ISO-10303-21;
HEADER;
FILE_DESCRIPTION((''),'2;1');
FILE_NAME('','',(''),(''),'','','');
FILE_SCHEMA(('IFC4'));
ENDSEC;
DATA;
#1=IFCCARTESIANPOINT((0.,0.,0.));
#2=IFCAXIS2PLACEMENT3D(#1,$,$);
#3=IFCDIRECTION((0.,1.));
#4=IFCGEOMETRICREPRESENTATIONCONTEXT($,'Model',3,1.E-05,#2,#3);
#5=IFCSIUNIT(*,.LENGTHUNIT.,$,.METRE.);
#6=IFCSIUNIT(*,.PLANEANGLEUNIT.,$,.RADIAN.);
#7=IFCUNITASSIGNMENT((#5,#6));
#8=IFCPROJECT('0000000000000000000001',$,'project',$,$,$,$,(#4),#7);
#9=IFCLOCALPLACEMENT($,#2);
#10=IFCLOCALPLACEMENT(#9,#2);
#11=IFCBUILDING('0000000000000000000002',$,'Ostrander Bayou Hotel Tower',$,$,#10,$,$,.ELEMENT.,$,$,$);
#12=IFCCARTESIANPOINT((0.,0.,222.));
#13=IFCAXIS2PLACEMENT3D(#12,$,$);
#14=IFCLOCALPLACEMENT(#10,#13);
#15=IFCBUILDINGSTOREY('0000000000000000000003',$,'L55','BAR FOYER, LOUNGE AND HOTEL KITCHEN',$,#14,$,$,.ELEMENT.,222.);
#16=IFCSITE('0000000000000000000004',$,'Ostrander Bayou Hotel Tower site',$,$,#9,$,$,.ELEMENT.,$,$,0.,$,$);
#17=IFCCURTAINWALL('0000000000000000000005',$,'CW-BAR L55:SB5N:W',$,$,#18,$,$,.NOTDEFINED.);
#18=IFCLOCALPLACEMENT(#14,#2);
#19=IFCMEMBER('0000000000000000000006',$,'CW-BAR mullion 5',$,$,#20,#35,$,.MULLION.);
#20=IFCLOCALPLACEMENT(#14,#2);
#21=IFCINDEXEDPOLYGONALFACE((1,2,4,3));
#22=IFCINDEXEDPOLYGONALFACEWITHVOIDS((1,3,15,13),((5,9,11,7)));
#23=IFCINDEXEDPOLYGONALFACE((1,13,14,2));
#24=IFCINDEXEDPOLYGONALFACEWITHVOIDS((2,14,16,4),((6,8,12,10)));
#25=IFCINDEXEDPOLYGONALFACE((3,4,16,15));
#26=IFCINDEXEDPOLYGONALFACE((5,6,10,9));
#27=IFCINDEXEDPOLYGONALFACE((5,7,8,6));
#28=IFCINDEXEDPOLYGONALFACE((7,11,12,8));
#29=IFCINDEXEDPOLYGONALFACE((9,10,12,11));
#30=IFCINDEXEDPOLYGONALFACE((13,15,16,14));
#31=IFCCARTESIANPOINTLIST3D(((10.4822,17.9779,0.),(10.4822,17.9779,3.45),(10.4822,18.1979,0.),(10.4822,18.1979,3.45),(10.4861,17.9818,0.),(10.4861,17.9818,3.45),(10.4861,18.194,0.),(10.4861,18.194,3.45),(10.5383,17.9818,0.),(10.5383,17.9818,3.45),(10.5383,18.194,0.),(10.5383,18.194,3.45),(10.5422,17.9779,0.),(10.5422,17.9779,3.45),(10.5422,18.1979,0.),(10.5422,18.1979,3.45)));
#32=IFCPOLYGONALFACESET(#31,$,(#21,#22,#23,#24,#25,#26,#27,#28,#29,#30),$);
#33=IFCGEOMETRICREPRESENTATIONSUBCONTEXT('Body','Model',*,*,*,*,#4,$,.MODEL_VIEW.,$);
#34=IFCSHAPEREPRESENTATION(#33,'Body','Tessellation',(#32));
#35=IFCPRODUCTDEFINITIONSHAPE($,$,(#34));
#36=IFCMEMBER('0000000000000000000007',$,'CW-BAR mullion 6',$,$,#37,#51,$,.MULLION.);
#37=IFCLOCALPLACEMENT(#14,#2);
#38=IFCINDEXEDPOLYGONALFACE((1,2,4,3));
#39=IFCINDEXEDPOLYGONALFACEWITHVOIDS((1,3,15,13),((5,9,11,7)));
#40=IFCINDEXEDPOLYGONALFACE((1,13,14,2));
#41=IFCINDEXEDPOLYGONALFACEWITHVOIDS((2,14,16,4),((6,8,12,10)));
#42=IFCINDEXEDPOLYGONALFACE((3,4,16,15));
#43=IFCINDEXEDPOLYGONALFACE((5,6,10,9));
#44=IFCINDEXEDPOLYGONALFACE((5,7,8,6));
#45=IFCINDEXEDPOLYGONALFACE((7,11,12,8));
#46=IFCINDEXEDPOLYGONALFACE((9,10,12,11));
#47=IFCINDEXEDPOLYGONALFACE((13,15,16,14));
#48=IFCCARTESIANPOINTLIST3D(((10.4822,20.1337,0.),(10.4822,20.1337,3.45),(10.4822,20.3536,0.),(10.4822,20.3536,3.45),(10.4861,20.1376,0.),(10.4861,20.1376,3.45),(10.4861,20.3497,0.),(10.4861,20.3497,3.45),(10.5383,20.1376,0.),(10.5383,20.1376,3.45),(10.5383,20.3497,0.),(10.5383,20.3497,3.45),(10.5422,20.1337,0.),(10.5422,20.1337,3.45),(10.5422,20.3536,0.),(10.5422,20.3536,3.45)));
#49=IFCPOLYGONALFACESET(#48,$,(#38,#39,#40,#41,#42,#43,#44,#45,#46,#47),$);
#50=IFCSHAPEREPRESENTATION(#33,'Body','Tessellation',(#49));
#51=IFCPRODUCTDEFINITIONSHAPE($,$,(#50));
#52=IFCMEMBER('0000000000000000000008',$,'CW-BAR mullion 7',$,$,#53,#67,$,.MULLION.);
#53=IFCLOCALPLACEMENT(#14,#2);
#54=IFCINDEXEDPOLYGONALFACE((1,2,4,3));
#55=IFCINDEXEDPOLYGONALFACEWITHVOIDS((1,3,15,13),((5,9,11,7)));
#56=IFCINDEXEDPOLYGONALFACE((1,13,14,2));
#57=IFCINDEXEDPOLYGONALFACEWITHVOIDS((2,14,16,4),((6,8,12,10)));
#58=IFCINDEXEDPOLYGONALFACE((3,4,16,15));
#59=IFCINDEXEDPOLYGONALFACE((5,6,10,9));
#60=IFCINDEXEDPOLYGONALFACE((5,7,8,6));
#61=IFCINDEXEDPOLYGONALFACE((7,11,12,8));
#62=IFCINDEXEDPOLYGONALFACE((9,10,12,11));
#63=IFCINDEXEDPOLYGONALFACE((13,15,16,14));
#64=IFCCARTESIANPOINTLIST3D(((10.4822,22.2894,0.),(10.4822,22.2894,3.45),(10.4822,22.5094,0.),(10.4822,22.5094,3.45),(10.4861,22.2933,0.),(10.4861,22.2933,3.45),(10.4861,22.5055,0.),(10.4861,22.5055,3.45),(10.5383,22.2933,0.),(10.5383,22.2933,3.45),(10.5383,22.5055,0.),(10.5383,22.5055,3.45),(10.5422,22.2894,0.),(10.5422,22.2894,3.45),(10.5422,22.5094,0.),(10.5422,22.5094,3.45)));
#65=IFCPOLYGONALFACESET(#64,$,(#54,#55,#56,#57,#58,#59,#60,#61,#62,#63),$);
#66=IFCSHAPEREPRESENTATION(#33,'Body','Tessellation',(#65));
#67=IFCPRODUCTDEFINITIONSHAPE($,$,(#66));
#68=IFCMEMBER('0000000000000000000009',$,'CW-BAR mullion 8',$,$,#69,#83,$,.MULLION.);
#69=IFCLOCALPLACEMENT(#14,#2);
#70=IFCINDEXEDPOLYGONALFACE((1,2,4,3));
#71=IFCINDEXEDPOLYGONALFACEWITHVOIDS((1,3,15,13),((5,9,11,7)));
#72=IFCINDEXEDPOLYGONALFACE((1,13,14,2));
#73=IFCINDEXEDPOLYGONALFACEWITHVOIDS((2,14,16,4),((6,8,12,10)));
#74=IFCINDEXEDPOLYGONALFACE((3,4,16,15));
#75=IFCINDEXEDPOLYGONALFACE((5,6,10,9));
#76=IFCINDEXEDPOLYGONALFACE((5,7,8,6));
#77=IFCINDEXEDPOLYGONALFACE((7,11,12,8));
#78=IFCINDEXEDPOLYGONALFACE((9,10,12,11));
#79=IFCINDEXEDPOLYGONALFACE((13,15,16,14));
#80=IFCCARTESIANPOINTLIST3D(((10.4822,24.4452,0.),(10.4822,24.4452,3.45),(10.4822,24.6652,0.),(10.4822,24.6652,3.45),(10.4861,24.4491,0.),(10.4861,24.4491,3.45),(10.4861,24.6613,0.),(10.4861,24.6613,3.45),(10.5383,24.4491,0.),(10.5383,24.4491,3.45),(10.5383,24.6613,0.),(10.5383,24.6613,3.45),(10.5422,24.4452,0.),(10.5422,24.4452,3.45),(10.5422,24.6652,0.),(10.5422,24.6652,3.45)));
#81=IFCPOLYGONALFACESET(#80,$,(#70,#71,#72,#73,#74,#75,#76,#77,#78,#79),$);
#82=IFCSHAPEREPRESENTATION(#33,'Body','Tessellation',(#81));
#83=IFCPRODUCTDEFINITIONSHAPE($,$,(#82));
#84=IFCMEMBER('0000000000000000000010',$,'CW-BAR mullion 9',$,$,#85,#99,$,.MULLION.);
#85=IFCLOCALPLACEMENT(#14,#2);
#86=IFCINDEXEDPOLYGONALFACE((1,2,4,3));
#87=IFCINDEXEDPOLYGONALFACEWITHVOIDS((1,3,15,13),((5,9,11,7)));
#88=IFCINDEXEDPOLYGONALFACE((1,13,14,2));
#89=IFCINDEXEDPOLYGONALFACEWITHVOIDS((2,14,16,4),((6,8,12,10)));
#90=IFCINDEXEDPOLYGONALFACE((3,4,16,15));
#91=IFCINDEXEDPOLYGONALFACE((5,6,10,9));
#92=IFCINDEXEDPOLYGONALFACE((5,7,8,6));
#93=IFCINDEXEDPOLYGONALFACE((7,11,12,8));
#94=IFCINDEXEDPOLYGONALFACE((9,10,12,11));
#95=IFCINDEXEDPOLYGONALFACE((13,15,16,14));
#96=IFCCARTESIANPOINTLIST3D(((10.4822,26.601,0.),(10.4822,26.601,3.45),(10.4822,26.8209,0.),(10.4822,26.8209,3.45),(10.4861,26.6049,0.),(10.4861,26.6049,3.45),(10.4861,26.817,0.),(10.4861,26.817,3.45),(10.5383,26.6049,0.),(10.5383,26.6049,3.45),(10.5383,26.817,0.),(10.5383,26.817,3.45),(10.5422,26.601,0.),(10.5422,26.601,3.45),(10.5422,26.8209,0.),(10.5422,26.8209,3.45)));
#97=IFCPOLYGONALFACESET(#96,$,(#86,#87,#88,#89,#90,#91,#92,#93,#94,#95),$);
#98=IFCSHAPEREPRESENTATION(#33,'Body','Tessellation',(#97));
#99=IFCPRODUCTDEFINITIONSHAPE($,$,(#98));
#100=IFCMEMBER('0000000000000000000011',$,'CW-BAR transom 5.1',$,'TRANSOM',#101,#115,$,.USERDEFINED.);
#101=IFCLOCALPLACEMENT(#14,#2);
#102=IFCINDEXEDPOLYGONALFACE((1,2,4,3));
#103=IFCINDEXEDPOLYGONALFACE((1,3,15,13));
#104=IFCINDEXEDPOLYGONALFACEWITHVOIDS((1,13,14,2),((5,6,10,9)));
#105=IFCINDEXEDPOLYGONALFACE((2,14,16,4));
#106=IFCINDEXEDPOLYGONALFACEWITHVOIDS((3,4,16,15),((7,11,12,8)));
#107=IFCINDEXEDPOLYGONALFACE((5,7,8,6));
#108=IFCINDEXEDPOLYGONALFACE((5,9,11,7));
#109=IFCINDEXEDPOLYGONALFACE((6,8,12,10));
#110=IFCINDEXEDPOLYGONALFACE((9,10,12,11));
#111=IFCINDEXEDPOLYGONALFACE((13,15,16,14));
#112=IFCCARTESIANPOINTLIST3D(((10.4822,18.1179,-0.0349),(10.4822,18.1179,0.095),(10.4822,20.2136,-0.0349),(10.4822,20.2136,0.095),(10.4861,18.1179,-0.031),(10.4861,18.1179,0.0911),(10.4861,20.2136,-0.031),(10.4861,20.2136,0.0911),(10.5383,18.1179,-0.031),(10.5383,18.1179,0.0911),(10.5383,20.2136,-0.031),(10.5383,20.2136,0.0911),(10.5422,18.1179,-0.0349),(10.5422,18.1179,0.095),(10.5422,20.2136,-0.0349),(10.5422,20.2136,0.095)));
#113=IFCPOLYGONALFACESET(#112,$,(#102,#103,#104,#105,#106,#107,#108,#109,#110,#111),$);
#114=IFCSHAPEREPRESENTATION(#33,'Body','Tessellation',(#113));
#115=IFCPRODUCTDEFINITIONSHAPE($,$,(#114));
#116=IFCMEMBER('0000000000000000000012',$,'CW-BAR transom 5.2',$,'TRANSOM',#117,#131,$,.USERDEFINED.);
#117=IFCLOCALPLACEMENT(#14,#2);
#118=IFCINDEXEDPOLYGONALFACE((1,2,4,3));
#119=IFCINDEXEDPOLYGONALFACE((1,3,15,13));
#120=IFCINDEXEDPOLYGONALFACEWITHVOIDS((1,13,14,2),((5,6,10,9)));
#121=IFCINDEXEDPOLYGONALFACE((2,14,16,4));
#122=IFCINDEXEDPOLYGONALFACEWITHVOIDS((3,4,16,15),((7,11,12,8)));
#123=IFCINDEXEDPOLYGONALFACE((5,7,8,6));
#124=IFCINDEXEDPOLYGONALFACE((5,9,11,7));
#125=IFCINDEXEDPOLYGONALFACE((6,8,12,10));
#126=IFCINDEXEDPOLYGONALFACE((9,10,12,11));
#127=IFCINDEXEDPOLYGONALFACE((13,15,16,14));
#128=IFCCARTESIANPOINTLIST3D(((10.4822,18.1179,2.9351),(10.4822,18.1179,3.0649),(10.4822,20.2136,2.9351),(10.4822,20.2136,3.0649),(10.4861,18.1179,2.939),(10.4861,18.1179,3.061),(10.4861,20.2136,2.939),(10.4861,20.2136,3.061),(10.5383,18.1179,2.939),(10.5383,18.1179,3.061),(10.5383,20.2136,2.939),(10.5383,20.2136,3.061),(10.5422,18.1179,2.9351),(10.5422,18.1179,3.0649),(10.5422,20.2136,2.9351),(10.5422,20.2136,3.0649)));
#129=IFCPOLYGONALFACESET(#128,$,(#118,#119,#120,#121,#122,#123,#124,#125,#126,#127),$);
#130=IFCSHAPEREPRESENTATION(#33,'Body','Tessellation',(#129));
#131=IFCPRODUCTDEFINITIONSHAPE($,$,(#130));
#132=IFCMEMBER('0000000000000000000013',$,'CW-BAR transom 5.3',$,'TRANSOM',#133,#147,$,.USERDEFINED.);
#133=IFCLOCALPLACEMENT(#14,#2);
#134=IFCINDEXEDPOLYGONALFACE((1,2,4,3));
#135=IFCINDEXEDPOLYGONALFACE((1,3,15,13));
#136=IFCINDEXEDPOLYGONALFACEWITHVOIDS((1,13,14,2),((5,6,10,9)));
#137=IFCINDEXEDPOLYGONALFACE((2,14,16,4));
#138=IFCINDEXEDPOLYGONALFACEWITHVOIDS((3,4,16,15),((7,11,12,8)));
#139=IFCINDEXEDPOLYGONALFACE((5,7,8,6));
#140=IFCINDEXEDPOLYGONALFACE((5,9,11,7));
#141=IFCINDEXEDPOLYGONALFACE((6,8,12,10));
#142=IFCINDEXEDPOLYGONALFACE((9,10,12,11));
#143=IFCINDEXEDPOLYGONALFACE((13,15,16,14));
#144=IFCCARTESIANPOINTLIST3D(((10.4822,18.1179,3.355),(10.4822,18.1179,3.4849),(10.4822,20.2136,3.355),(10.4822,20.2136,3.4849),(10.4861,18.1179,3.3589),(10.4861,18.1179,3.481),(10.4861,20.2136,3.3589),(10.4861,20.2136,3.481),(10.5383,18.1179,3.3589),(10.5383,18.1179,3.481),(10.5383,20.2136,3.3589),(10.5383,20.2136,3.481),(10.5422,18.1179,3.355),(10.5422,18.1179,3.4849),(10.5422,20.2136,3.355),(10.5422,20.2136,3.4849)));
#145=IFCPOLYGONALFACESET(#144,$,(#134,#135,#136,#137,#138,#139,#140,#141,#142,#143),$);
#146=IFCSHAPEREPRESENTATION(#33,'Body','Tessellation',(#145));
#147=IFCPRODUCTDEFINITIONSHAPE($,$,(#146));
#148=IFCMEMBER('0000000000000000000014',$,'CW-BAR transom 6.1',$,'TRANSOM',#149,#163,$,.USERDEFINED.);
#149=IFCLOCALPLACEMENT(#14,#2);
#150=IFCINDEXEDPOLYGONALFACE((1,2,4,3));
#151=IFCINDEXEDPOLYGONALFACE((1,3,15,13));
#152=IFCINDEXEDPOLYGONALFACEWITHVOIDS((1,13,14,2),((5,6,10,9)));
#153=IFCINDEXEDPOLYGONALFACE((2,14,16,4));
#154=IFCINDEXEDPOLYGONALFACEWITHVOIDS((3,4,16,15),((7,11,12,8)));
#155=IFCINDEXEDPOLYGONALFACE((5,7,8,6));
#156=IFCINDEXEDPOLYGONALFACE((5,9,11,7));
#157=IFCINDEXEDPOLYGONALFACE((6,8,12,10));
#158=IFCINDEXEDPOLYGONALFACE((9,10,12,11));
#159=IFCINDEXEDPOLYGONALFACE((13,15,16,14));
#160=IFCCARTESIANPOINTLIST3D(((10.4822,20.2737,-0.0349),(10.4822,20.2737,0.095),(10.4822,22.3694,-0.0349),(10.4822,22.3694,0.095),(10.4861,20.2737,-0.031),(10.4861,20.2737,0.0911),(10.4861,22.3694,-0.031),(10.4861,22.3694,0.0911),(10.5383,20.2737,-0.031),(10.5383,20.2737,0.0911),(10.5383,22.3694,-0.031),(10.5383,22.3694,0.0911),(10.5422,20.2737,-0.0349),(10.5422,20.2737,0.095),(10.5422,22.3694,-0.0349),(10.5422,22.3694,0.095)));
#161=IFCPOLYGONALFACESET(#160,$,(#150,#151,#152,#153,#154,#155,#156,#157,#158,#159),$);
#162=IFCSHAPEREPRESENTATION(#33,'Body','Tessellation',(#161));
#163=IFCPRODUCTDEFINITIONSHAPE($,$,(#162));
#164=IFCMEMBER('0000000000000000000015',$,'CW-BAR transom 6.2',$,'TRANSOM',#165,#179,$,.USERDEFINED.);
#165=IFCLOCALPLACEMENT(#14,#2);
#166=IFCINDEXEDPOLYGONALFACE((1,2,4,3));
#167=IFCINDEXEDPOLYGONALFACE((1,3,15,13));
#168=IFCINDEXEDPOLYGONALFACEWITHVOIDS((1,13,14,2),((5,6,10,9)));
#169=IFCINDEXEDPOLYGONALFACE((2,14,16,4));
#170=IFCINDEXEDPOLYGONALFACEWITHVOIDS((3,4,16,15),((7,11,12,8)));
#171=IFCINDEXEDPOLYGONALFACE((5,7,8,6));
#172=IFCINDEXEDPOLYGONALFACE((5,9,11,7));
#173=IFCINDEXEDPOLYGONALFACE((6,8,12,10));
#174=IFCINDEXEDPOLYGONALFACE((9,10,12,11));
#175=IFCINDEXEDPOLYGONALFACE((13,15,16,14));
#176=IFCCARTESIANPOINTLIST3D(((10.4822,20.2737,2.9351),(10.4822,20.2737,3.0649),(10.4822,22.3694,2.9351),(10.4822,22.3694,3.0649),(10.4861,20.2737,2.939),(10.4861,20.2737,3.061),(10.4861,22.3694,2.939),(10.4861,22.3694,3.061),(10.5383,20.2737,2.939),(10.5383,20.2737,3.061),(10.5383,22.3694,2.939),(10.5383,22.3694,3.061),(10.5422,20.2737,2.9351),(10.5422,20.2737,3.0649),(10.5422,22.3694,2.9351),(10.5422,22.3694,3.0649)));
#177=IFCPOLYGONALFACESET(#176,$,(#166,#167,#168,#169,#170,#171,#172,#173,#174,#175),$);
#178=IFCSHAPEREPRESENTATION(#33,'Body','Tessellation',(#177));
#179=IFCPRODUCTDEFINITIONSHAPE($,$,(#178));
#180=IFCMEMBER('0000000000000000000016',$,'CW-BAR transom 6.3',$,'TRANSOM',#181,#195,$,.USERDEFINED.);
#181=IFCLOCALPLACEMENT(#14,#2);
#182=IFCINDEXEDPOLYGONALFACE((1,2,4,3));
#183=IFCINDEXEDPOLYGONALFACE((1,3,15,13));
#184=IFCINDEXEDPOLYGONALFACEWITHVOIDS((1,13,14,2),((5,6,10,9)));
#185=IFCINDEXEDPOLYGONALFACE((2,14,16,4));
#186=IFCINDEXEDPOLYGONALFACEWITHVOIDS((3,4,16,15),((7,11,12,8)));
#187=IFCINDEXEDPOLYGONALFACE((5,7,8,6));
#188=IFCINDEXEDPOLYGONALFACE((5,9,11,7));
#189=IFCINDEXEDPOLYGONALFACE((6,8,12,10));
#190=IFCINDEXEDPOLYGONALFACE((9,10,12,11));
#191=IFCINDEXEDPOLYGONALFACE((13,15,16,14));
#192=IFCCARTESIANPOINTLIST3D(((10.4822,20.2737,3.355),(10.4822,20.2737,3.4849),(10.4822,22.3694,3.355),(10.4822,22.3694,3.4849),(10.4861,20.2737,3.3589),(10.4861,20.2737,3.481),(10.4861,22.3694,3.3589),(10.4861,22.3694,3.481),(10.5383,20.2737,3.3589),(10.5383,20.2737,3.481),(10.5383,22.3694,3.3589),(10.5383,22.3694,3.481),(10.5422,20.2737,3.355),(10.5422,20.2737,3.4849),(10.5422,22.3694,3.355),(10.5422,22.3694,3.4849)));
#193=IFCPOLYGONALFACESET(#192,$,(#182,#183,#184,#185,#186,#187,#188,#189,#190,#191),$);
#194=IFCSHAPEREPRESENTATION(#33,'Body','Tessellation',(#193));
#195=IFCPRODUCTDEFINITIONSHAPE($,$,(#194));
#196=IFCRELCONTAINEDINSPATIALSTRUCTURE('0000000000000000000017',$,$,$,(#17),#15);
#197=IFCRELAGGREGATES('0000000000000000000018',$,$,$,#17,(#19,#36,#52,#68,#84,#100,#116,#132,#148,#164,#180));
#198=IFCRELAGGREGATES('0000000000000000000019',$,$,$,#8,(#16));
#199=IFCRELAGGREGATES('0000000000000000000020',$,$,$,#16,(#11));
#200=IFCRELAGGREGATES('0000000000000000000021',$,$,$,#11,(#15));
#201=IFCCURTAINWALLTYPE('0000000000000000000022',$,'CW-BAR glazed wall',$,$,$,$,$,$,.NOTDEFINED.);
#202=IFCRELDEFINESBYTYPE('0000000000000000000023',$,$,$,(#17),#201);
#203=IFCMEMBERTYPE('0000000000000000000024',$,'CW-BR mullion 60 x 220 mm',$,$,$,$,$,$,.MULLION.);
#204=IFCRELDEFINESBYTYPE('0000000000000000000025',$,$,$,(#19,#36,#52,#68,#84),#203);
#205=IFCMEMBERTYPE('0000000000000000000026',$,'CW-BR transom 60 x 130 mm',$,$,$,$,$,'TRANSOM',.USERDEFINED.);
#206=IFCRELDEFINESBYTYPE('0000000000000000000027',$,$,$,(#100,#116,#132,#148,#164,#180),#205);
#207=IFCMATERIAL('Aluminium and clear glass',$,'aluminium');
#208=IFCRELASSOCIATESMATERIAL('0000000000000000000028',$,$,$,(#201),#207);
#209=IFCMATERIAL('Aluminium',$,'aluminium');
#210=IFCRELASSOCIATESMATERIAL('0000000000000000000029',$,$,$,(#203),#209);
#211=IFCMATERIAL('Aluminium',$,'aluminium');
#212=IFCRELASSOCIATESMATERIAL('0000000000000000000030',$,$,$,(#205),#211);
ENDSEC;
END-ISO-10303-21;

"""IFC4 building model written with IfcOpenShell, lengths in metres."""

from ifc_helpers import new_model, si_unit, direction, frame, origin, origin_2d, place, context, subcontext, project, spatial, hollow_rectangle, extrude, material, material_profile, profile_set, type_object, element, aggregate, save


model = new_model("IFC4")

# Units and contexts
model_context = context("Model", 3, precision=1e-05, world=origin(), true_north=direction((0.0, 1.0)))
body_context = subcontext(model_context, "Body", "Model", "MODEL_VIEW")
ifc_project = project(units=[si_unit("LENGTHUNIT", "METRE"), si_unit("PLANEANGLEUNIT", "RADIAN")], contexts=[model_context])

# Site, building, storey
site_placement = place(None, origin())
site = spatial("IfcSite", under=ifc_project, at=site_placement, Name="Ostrander Bayou Hotel Tower site", CompositionType="ELEMENT", RefElevation=0.0)
building_placement = place(site_placement, origin())
building = spatial("IfcBuilding", under=site, at=building_placement, Name="Ostrander Bayou Hotel Tower", CompositionType="ELEMENT")
storey_placement = place(building_placement, frame((0.0, 0.0, 222.0)))
storey = spatial("IfcBuildingStorey", under=building, at=storey_placement, Name="L55", Description="BAR FOYER, LOUNGE AND HOTEL KITCHEN", CompositionType="ELEMENT", Elevation=222.0)

# Curtain wall, members
ifc_material_1 = material(Name="Aluminium and clear glass", Category="aluminium")
curtain_wall_type = type_object("IfcCurtainWallType", Name="CW-BAR glazed wall", PredefinedType="NOTDEFINED", material=ifc_material_1)
curtain_wall_placement = place(storey_placement, origin())
curtain_wall = element("IfcCurtainWall", 1, at=curtain_wall_placement, inside=storey, type_object=curtain_wall_type, Name="CW-BAR L55:SB5N:W", PredefinedType="NOTDEFINED")
ifc_material_2 = material(Name="Aluminium", Category="aluminium")
ifc_material_profile_1 = material_profile(ifc_material_2, hollow_rectangle(XDim=0.0601, YDim=0.22, WallThickness=0.0039, at=origin_2d()))
ifc_profile_set_1 = profile_set([ifc_material_profile_1], Name="Aluminium")
member_type_1 = type_object("IfcMemberType", Name="CW-BR mullion 60 x 220 mm", PredefinedType="MULLION", material=ifc_profile_set_1)
member_1_placement = place(storey_placement, frame((10.5122, 18.0879, 0.0), z_axis=(0.0, 0.0, 1.0), x_axis=(-1.0, 0.0, 0.0)))
member_1 = element("IfcMember", 2, at=member_1_placement, type_object=member_type_1, Name="CW-BAR mullion 5", PredefinedType="MULLION", context=body_context, shape_type="SweptSolid", body=[
    extrude(hollow_rectangle(XDim=0.0601, YDim=0.22, WallThickness=0.0039, at=origin_2d()), origin(), (0.0, 0.0, 1.0), 3.45),
])
member_2_placement = place(storey_placement, frame((10.5122, 20.2437, 0.0), z_axis=(0.0, 0.0, 1.0), x_axis=(-1.0, 0.0, 0.0)))
member_2 = element("IfcMember", 3, at=member_2_placement, type_object=member_type_1, Name="CW-BAR mullion 6", PredefinedType="MULLION", context=body_context, shape_type="SweptSolid", body=[
    extrude(hollow_rectangle(XDim=0.0601, YDim=0.22, WallThickness=0.0039, at=origin_2d()), origin(), (0.0, 0.0, 1.0), 3.45),
])
member_3_placement = place(storey_placement, frame((10.5122, 22.3994, 0.0), z_axis=(0.0, 0.0, 1.0), x_axis=(-1.0, 0.0, 0.0)))
member_3 = element("IfcMember", 4, at=member_3_placement, type_object=member_type_1, Name="CW-BAR mullion 7", PredefinedType="MULLION", context=body_context, shape_type="SweptSolid", body=[
    extrude(hollow_rectangle(XDim=0.0601, YDim=0.22, WallThickness=0.0039, at=origin_2d()), origin(), (0.0, 0.0, 1.0), 3.45),
])
member_4_placement = place(storey_placement, frame((10.5122, 24.5552, 0.0), z_axis=(0.0, 0.0, 1.0), x_axis=(-1.0, 0.0, 0.0)))
member_4 = element("IfcMember", 5, at=member_4_placement, type_object=member_type_1, Name="CW-BAR mullion 8", PredefinedType="MULLION", context=body_context, shape_type="SweptSolid", body=[
    extrude(hollow_rectangle(XDim=0.0601, YDim=0.22, WallThickness=0.0039, at=origin_2d()), origin(), (0.0, 0.0, 1.0), 3.45),
])
member_5_placement = place(storey_placement, frame((10.5122, 26.7109, 0.0), z_axis=(0.0, 0.0, 1.0), x_axis=(-1.0, 0.0, 0.0)))
member_5 = element("IfcMember", 6, at=member_5_placement, type_object=member_type_1, Name="CW-BAR mullion 9", PredefinedType="MULLION", context=body_context, shape_type="SweptSolid", body=[
    extrude(hollow_rectangle(XDim=0.0601, YDim=0.22, WallThickness=0.0039, at=origin_2d()), origin(), (0.0, 0.0, 1.0), 3.45),
])
ifc_material_3 = material(Name="Aluminium", Category="aluminium")
ifc_material_profile_2 = material_profile(ifc_material_3, hollow_rectangle(XDim=0.0601, YDim=0.1299, WallThickness=0.0039, at=origin_2d()))
ifc_profile_set_2 = profile_set([ifc_material_profile_2], Name="Aluminium")
member_type_2 = type_object("IfcMemberType", Name="CW-BR transom 60 x 130 mm", ElementType="TRANSOM", PredefinedType="USERDEFINED", material=ifc_profile_set_2)
member_6_placement = place(storey_placement, frame((10.5122, 18.1179, 0.03), z_axis=(0.0, 1.0, 0.0), x_axis=(-1.0, 0.0, 0.0)))
member_6 = element("IfcMember", 7, at=member_6_placement, type_object=member_type_2, Name="CW-BAR transom 5.1", ObjectType="TRANSOM", PredefinedType="USERDEFINED", context=body_context, shape_type="SweptSolid", body=[
    extrude(hollow_rectangle(XDim=0.0601, YDim=0.1299, WallThickness=0.0039, at=origin_2d()), origin(), (0.0, 0.0, 1.0), 2.0957),
])
member_7_placement = place(storey_placement, frame((10.5122, 18.1179, 3.0), z_axis=(0.0, 1.0, 0.0), x_axis=(-1.0, 0.0, 0.0)))
member_7 = element("IfcMember", 8, at=member_7_placement, type_object=member_type_2, Name="CW-BAR transom 5.2", ObjectType="TRANSOM", PredefinedType="USERDEFINED", context=body_context, shape_type="SweptSolid", body=[
    extrude(hollow_rectangle(XDim=0.0601, YDim=0.1299, WallThickness=0.0039, at=origin_2d()), origin(), (0.0, 0.0, 1.0), 2.0957),
])
member_8_placement = place(storey_placement, frame((10.5122, 18.1179, 3.4199), z_axis=(0.0, 1.0, 0.0), x_axis=(-1.0, 0.0, 0.0)))
member_8 = element("IfcMember", 9, at=member_8_placement, type_object=member_type_2, Name="CW-BAR transom 5.3", ObjectType="TRANSOM", PredefinedType="USERDEFINED", context=body_context, shape_type="SweptSolid", body=[
    extrude(hollow_rectangle(XDim=0.0601, YDim=0.1299, WallThickness=0.0039, at=origin_2d()), origin(), (0.0, 0.0, 1.0), 2.0957),
])
member_9_placement = place(storey_placement, frame((10.5122, 20.2737, 0.03), z_axis=(0.0, 1.0, 0.0), x_axis=(-1.0, 0.0, 0.0)))
member_9 = element("IfcMember", 10, at=member_9_placement, type_object=member_type_2, Name="CW-BAR transom 6.1", ObjectType="TRANSOM", PredefinedType="USERDEFINED", context=body_context, shape_type="SweptSolid", body=[
    extrude(hollow_rectangle(XDim=0.0601, YDim=0.1299, WallThickness=0.0039, at=origin_2d()), origin(), (0.0, 0.0, 1.0), 2.0957),
])
member_10_placement = place(storey_placement, frame((10.5122, 20.2737, 3.0), z_axis=(0.0, 1.0, 0.0), x_axis=(-1.0, 0.0, 0.0)))
member_10 = element("IfcMember", 11, at=member_10_placement, type_object=member_type_2, Name="CW-BAR transom 6.2", ObjectType="TRANSOM", PredefinedType="USERDEFINED", context=body_context, shape_type="SweptSolid", body=[
    extrude(hollow_rectangle(XDim=0.0601, YDim=0.1299, WallThickness=0.0039, at=origin_2d()), origin(), (0.0, 0.0, 1.0), 2.0957),
])
member_11_placement = place(storey_placement, frame((10.5122, 20.2737, 3.4199), z_axis=(0.0, 1.0, 0.0), x_axis=(-1.0, 0.0, 0.0)))
member_11 = element("IfcMember", 12, at=member_11_placement, type_object=member_type_2, Name="CW-BAR transom 6.3", ObjectType="TRANSOM", PredefinedType="USERDEFINED", context=body_context, shape_type="SweptSolid", body=[
    extrude(hollow_rectangle(XDim=0.0601, YDim=0.1299, WallThickness=0.0039, at=origin_2d()), origin(), (0.0, 0.0, 1.0), 2.0957),
])

aggregate(curtain_wall, [member_1, member_2, member_3, member_4, member_5, member_6, member_7, member_8, member_9, member_10, member_11])

save(model, "model.ifc")
